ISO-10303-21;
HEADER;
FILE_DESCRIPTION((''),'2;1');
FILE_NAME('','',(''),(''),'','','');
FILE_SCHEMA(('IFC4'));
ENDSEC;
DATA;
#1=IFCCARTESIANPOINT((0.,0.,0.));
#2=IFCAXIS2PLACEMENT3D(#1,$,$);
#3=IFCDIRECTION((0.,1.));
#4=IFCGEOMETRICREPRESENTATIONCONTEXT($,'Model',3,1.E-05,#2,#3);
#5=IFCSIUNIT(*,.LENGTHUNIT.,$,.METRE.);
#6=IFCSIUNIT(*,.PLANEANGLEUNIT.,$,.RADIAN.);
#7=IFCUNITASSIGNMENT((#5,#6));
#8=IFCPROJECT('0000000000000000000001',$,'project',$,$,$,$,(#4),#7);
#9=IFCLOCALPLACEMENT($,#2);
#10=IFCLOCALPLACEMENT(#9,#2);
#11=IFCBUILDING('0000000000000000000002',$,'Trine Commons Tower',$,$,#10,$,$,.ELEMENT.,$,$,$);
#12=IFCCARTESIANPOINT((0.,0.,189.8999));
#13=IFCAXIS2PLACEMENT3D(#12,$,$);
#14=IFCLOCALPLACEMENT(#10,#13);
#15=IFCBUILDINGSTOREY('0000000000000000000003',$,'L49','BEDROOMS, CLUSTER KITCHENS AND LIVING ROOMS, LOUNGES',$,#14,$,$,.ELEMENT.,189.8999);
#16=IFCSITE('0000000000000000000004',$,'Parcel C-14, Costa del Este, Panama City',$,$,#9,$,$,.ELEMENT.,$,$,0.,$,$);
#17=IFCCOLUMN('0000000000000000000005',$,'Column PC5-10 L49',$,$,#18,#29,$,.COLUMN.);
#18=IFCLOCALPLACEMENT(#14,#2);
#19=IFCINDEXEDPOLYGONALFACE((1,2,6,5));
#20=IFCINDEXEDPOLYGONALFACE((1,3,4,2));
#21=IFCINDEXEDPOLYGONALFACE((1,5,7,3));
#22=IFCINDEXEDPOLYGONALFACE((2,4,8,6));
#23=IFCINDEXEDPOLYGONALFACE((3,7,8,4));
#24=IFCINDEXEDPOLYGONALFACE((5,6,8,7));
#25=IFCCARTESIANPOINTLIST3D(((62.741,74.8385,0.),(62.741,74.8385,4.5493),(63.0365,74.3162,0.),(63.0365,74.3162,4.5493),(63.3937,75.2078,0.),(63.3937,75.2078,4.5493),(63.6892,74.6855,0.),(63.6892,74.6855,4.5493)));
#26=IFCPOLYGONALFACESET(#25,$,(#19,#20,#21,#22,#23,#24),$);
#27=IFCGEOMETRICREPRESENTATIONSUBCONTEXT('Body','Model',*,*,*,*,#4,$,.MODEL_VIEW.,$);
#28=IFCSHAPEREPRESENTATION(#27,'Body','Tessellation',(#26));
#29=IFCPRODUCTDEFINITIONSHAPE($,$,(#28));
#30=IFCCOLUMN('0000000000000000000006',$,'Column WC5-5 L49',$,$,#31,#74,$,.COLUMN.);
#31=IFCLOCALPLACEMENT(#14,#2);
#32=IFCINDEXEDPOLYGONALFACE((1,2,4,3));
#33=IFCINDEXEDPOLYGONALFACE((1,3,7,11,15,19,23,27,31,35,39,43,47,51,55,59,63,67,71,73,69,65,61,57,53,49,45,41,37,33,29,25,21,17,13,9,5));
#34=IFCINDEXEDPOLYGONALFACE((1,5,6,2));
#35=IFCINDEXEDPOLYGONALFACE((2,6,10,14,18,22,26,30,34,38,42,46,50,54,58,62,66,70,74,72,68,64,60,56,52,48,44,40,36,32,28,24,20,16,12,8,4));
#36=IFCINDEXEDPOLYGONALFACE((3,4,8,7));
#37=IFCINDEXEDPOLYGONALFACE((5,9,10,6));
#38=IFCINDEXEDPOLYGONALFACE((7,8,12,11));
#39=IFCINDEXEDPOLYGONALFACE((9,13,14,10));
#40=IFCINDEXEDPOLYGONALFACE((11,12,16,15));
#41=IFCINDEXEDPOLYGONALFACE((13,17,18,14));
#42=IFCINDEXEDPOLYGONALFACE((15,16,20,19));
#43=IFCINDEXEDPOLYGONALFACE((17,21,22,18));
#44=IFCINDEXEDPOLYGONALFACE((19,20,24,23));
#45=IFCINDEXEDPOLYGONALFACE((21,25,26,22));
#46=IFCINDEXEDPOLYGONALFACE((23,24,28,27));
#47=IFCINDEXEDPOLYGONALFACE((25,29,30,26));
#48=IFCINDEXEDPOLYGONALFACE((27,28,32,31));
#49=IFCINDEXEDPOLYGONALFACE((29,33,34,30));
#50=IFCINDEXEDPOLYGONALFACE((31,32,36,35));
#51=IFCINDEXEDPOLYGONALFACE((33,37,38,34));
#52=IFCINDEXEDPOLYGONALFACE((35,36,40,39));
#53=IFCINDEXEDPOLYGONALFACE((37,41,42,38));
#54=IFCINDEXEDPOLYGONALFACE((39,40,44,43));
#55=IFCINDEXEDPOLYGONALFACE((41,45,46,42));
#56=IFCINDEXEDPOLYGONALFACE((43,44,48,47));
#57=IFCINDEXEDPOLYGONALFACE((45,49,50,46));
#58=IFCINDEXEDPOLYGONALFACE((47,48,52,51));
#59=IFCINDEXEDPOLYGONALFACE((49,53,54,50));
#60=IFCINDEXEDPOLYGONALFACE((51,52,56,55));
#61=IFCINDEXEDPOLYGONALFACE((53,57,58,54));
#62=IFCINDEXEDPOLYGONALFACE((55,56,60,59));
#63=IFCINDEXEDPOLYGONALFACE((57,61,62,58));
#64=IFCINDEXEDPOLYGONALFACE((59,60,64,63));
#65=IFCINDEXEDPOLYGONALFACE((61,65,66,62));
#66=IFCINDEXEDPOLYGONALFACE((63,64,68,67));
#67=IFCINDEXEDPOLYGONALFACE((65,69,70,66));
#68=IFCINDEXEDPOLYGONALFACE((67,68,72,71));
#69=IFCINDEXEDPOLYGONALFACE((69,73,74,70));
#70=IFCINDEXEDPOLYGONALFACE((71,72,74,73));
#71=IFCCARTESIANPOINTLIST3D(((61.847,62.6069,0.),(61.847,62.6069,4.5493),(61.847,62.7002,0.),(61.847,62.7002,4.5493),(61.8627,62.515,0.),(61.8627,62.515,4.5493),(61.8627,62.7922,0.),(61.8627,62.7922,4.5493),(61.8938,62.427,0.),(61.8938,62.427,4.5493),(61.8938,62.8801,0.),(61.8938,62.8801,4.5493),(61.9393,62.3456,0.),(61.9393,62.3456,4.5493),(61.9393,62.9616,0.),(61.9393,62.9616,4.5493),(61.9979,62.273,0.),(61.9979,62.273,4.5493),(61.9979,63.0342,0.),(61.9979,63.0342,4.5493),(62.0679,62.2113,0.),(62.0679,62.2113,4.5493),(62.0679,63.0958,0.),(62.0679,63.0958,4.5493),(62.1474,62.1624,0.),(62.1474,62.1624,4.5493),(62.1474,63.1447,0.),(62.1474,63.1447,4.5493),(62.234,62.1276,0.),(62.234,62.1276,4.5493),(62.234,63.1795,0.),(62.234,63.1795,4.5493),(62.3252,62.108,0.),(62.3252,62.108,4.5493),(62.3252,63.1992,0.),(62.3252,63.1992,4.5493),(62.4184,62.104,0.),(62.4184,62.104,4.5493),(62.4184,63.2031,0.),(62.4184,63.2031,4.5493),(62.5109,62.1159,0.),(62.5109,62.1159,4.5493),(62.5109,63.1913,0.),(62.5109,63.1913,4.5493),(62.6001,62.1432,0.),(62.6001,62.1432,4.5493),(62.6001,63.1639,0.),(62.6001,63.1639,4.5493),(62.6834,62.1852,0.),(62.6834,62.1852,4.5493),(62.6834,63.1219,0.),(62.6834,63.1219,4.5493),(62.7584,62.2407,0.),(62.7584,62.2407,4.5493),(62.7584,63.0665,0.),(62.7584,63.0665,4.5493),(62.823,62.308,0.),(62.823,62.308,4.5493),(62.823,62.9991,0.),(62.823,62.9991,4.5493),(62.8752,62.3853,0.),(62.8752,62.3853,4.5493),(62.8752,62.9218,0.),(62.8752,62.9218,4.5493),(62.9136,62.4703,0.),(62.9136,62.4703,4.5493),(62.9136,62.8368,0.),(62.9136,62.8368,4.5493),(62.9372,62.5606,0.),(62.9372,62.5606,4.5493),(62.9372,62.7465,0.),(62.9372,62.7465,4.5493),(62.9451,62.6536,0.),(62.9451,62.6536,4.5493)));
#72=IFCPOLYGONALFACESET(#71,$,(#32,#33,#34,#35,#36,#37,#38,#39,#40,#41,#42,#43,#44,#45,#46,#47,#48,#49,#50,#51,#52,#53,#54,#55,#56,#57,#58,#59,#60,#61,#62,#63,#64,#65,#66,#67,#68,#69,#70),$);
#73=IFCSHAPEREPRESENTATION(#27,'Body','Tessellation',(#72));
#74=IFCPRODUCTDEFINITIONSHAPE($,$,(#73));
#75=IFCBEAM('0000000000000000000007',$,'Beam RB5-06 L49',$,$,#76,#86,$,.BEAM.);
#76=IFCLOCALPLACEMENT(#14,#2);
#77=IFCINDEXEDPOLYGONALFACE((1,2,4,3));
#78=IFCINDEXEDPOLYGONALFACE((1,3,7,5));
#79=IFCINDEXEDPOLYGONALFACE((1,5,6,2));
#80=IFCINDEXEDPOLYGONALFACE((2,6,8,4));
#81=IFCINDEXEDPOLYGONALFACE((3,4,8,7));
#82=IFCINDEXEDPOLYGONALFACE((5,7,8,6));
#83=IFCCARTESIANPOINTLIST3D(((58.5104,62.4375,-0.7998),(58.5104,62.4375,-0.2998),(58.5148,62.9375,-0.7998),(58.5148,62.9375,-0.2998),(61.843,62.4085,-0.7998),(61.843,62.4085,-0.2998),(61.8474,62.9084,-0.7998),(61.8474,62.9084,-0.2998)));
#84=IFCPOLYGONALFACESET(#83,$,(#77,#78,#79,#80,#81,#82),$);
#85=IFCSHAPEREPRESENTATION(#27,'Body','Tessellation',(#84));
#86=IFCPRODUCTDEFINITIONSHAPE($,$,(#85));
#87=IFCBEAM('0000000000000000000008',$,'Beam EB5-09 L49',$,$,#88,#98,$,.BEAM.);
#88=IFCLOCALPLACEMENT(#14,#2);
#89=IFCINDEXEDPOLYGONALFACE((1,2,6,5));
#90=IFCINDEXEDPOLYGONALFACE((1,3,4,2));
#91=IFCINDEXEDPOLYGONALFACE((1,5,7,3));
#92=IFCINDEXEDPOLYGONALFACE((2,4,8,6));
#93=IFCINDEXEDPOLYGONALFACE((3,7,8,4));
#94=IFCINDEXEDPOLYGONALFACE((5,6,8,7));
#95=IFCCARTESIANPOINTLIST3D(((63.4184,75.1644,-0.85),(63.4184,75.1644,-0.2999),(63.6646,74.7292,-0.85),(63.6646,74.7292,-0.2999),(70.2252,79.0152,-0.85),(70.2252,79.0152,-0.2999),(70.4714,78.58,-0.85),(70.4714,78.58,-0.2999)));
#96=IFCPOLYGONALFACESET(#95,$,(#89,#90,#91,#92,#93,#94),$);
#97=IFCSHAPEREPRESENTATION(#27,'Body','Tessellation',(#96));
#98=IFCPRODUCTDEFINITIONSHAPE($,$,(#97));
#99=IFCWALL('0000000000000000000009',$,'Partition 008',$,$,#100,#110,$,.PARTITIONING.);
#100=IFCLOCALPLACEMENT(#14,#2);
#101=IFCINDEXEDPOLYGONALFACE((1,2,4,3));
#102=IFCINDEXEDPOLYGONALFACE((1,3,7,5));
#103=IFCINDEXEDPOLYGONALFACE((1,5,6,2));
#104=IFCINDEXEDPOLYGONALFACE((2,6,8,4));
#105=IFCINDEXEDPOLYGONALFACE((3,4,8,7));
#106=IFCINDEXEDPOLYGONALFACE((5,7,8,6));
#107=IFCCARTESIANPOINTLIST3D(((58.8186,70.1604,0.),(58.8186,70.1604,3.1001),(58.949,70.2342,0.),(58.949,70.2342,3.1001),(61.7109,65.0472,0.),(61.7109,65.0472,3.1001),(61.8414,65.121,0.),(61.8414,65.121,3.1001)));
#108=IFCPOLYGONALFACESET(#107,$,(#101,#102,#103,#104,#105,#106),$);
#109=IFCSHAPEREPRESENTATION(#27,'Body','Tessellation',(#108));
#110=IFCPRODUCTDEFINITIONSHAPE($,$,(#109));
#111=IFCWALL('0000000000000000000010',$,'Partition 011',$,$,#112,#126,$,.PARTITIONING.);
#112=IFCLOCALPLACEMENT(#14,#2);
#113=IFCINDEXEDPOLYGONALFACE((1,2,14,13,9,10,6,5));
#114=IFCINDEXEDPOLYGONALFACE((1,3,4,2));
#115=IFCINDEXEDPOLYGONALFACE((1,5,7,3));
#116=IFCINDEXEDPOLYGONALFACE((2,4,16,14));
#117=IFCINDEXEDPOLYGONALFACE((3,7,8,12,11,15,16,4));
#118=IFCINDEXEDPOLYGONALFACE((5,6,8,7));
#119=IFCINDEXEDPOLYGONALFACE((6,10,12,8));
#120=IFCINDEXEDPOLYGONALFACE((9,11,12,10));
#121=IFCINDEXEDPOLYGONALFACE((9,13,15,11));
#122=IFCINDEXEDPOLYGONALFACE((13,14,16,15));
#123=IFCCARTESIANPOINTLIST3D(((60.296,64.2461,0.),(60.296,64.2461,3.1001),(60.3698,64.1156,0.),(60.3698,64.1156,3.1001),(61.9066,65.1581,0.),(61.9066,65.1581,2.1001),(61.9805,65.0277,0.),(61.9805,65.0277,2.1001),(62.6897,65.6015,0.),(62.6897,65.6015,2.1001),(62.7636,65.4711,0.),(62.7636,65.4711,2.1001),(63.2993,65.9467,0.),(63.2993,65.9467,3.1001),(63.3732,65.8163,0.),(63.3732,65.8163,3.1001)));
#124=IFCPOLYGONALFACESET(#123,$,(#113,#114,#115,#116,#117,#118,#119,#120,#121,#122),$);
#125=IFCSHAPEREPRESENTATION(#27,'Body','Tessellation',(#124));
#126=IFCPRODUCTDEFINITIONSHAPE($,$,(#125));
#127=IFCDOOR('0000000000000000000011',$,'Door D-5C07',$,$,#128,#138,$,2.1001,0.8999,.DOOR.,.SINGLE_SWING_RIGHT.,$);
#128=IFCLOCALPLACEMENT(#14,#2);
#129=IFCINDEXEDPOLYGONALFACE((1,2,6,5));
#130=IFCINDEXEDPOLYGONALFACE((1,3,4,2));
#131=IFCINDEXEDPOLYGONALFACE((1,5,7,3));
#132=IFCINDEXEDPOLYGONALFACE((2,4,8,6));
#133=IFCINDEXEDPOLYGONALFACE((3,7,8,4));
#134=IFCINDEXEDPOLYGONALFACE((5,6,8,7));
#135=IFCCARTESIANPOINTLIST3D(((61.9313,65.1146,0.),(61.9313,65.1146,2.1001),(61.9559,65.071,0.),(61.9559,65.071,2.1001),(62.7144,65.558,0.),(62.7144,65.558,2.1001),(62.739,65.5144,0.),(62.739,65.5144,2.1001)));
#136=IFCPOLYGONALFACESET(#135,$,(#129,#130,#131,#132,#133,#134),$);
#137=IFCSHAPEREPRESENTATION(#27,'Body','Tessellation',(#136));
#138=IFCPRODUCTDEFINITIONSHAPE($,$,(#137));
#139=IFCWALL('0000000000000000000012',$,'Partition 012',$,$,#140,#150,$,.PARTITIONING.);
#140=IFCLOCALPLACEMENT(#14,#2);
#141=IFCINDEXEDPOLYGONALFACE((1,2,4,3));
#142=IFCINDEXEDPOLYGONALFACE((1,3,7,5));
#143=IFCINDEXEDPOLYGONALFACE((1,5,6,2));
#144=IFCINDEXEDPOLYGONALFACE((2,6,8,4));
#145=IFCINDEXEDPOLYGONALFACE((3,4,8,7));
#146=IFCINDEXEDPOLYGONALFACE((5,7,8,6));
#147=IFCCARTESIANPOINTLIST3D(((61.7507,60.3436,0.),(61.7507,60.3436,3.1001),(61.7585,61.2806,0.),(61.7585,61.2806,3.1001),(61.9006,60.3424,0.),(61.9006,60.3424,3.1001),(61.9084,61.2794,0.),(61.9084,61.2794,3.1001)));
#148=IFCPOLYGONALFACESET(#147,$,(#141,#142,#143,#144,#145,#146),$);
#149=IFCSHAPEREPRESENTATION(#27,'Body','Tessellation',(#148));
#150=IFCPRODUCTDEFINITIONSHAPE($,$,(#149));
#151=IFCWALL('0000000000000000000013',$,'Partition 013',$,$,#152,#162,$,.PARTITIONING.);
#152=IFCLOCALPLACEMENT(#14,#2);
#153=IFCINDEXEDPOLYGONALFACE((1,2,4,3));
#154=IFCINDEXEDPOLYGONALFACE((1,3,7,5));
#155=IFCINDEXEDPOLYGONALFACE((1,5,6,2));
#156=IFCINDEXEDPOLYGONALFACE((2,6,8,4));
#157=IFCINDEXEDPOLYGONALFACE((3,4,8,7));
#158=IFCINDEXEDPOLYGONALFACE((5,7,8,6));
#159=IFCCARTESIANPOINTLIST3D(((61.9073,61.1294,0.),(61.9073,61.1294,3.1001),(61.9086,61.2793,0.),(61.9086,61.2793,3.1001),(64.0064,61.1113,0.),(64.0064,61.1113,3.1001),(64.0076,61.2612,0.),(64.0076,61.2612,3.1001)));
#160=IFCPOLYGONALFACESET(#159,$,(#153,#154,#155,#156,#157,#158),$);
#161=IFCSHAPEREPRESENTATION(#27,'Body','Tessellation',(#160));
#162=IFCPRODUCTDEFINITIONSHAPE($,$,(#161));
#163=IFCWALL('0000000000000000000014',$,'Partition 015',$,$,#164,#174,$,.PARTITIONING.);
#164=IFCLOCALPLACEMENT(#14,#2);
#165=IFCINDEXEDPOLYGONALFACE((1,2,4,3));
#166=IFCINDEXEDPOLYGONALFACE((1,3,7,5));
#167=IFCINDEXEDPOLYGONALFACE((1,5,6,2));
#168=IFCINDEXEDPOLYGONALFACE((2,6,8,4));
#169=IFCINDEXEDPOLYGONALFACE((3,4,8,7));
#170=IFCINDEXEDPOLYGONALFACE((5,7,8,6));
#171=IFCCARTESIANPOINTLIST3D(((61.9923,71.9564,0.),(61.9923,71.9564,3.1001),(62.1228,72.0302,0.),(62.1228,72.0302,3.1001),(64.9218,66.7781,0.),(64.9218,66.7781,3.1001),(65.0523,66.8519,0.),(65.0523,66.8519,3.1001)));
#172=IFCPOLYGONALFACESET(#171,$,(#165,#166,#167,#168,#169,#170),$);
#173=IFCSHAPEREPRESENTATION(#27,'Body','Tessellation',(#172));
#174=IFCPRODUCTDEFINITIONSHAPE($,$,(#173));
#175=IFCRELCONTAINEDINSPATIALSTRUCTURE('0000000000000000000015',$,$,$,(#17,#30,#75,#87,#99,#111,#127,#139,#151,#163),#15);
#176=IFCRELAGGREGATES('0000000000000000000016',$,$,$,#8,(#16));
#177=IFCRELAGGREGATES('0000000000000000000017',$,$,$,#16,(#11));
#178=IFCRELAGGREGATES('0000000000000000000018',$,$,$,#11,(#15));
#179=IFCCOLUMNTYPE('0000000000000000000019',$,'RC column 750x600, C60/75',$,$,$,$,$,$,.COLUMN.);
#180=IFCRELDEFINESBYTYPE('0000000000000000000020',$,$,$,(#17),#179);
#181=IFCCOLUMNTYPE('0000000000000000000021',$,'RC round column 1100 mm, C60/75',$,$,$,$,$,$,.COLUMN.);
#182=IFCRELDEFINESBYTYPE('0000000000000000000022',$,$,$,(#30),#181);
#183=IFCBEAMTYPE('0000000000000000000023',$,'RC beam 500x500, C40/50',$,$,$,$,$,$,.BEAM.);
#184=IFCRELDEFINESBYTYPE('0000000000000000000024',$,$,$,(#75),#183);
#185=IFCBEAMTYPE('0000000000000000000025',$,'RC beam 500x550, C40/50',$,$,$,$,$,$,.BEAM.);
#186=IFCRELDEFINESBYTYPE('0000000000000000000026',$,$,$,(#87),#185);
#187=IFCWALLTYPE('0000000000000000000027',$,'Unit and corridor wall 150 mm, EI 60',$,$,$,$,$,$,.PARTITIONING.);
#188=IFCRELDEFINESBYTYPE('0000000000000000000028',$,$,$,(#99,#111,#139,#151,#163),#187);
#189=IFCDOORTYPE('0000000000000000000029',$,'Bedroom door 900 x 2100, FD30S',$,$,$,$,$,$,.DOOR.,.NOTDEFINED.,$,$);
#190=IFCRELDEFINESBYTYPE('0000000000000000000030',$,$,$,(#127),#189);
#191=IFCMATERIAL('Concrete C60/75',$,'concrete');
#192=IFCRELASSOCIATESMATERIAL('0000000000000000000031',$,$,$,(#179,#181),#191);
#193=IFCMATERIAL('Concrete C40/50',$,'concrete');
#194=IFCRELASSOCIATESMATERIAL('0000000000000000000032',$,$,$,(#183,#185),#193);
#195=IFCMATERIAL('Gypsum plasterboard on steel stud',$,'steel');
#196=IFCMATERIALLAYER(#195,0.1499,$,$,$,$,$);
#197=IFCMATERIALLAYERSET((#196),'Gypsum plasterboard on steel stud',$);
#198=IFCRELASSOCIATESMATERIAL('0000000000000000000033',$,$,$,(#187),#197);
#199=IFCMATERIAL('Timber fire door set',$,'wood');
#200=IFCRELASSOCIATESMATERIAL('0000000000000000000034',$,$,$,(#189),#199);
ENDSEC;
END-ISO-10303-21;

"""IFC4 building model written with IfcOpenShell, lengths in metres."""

from ifc_helpers import new_model, si_unit, direction, frame, frame_2d, origin, origin_2d, place, context, subcontext, project, spatial, rectangle, circle, extrude, material, layer, layer_set, material_profile, profile_set, type_object, element, fill, save


model = new_model("IFC4")

# Units and contexts
model_context = context("Model", 3, precision=1e-05, world=origin(), true_north=direction((0.0, 1.0)))
body_context = subcontext(model_context, "Body", "Model", "MODEL_VIEW")
ifc_project = project(units=[si_unit("LENGTHUNIT", "METRE"), si_unit("PLANEANGLEUNIT", "RADIAN")], contexts=[model_context])

# Site, building, storey
site_placement = place(None, origin())
site = spatial("IfcSite", under=ifc_project, at=site_placement, Name="Parcel C-14, Costa del Este, Panama City", CompositionType="ELEMENT", RefElevation=0.0)
building_placement = place(site_placement, origin())
building = spatial("IfcBuilding", under=site, at=building_placement, Name="Trine Commons Tower", CompositionType="ELEMENT")
storey_placement = place(building_placement, frame((0.0, 0.0, 189.8999)))
storey = spatial("IfcBuildingStorey", under=building, at=storey_placement, Name="L49", Description="BEDROOMS, CLUSTER KITCHENS AND LIVING ROOMS, LOUNGES", CompositionType="ELEMENT", Elevation=189.8999)

# Columns
ifc_material_1 = material(Name="Concrete C60/75", Category="concrete")
ifc_material_profile_1 = material_profile(ifc_material_1, rectangle(XDim=0.75, YDim=0.6001, at=origin_2d()), Name="RC 750x600")
ifc_profile_set_1 = profile_set([ifc_material_profile_1], Name="Concrete C60/75")
column_type_1 = type_object("IfcColumnType", Name="RC column 750x600, C60/75", PredefinedType="COLUMN", material=ifc_profile_set_1)
column_1_placement = place(storey_placement, frame((63.2151, 74.762, 0.0), z_axis=(0.0, 0.0, 1.0), x_axis=(0.870356, 0.492424, 0.0)))
element("IfcColumn", 1, at=column_1_placement, inside=storey, type_object=column_type_1, Name="Column PC5-10 L49", PredefinedType="COLUMN", context=body_context, shape_type="SweptSolid", body=[
    extrude(rectangle(XDim=0.75, YDim=0.6001, at=origin_2d()), origin(), (0.0, 0.0, 1.0), 4.5493),
])
ifc_material_profile_2 = material_profile(ifc_material_1, circle(Radius=0.55, at=origin_2d()), Name="RC round 1100")
ifc_profile_set_2 = profile_set([ifc_material_profile_2], Name="Concrete C60/75")
column_type_2 = type_object("IfcColumnType", Name="RC round column 1100 mm, C60/75", PredefinedType="COLUMN", material=ifc_profile_set_2)
column_2_placement = place(storey_placement, frame((62.395, 62.6536, 0.0), z_axis=(0.0, 0.0, 1.0), x_axis=(1.0, 0.0, 0.0)))
element("IfcColumn", 2, at=column_2_placement, inside=storey, type_object=column_type_2, Name="Column WC5-5 L49", PredefinedType="COLUMN", context=body_context, shape_type="SweptSolid", body=[
    extrude(circle(Radius=0.55, at=origin_2d()), origin(), (0.0, 0.0, 1.0), 4.5493),
])

# Beams
ifc_material_2 = material(Name="Concrete C40/50", Category="concrete")
ifc_material_profile_3 = material_profile(ifc_material_2, rectangle(XDim=0.5, YDim=0.5, at=origin_2d()), Name="RC 500x500")
ifc_profile_set_3 = profile_set([ifc_material_profile_3], Name="Concrete C40/50")
beam_type_1 = type_object("IfcBeamType", Name="RC beam 500x500, C40/50", PredefinedType="BEAM", material=ifc_profile_set_3)
beam_1_placement = place(storey_placement, frame((61.8452, 62.6584, -0.5498), z_axis=(-0.999962, 0.008718, 0.0), x_axis=(-0.008718, -0.999962, 0.0)))
element("IfcBeam", 3, at=beam_1_placement, inside=storey, type_object=beam_type_1, Name="Beam RB5-06 L49", PredefinedType="BEAM", context=body_context, shape_type="SweptSolid", body=[
    extrude(rectangle(XDim=0.5, YDim=0.5, at=origin_2d()), origin(), (0.0, 0.0, 1.0), 3.3328),
])
ifc_material_profile_4 = material_profile(ifc_material_2, rectangle(XDim=0.5, YDim=0.55, at=origin_2d()), Name="RC 500x550")
ifc_profile_set_4 = profile_set([ifc_material_profile_4], Name="Concrete C40/50")
beam_type_2 = type_object("IfcBeamType", Name="RC beam 500x550, C40/50", PredefinedType="BEAM", material=ifc_profile_set_4)
beam_2_placement = place(storey_placement, frame((63.5415, 74.9468, -0.575), z_axis=(0.870373, 0.492393, 0.0), x_axis=(-0.492393, 0.870373, 0.0)))
element("IfcBeam", 4, at=beam_2_placement, inside=storey, type_object=beam_type_2, Name="Beam EB5-09 L49", PredefinedType="BEAM", context=body_context, shape_type="SweptSolid", body=[
    extrude(rectangle(XDim=0.5, YDim=0.55, at=origin_2d()), origin(), (0.0, 0.0, 1.0), 7.8206),
])

# Wall
ifc_material_3 = material(Name="Gypsum plasterboard on steel stud", Category="steel")
ifc_layer_1 = layer(ifc_material_3, 0.1499)
ifc_layer_set_1 = layer_set([ifc_layer_1], Name="Gypsum plasterboard on steel stud")
wall_type_1 = type_object("IfcWallType", Name="Unit and corridor wall 150 mm, EI 60", PredefinedType="PARTITIONING", material=ifc_layer_set_1)
wall_1_placement = place(storey_placement, frame((58.8838, 70.1973, 0.0), z_axis=(0.0, 0.0, 1.0), x_axis=(0.492361, -0.870391, 0.0)))
element("IfcWall", 5, at=wall_1_placement, inside=storey, type_object=wall_type_1, Name="Partition 008", PredefinedType="PARTITIONING", context=body_context, shape_type="SweptSolid", body=[
    extrude(rectangle(XDim=5.8745, YDim=0.1499, at=frame_2d((2.9373, 0.0))), origin(), (0.0, 0.0, 1.0), 3.1001),
])

# Wall, opening, door
wall_2_placement = place(storey_placement, frame((60.333, 64.1809, 0.0), z_axis=(0.0, 0.0, 1.0), x_axis=(0.870178, 0.492738, 0.0)))
wall_2 = element("IfcWall", 6, at=wall_2_placement, inside=storey, type_object=wall_type_1, Name="Partition 011", PredefinedType="PARTITIONING", context=body_context, shape_type="SweptSolid", body=[
    extrude(rectangle(XDim=3.4514, YDim=0.1499, at=frame_2d((1.7256, 0.0))), origin(), (0.0, 0.0, 1.0), 3.1001),
])
opening_1_placement = place(wall_2_placement, frame((1.8508, 0.0, 0.0)))
opening_1 = element("IfcOpeningElement", 7, at=opening_1_placement, cuts=wall_2, PredefinedType="OPENING", context=body_context, shape_type="SweptSolid", body=[
    extrude(rectangle(XDim=0.8999, YDim=2.1001, at=frame_2d((0.45, 1.05))), frame((0.0, 0.085, 0.0), z_axis=(0.0, -1.0, 0.0), x_axis=(1.0, 0.0, 0.0)), (0.0, 0.0, 1.0), 0.1699),
])
ifc_material_4 = material(Name="Timber fire door set", Category="wood")
door_type_1 = type_object("IfcDoorType", Name="Bedroom door 900 x 2100, FD30S", OperationType="NOTDEFINED", PredefinedType="DOOR", material=ifc_material_4)
door_1_placement = place(opening_1_placement, origin())
door_1 = element("IfcDoor", 8, at=door_1_placement, inside=storey, type_object=door_type_1, Name="Door D-5C07", OperationType="SINGLE_SWING_RIGHT", OverallHeight=2.1001, OverallWidth=0.8999, PredefinedType="DOOR", context=body_context, shape_type="SweptSolid", body=[
    extrude(rectangle(XDim=0.8999, YDim=2.1001, at=frame_2d((0.45, 1.05))), frame((0.0, 0.0249, 0.0), z_axis=(0.0, -1.0, 0.0), x_axis=(1.0, 0.0, 0.0)), (0.0, 0.0, 1.0), 0.05),
])
fill(opening_1, door_1)

# Walls
wall_3_placement = place(storey_placement, frame((61.8257, 60.343, 0.0), z_axis=(0.0, 0.0, 1.0), x_axis=(0.008337, 0.999965, 0.0)))
element("IfcWall", 9, at=wall_3_placement, inside=storey, type_object=wall_type_1, Name="Partition 012", PredefinedType="PARTITIONING", context=body_context, shape_type="SweptSolid", body=[
    extrude(rectangle(XDim=0.937, YDim=0.1499, at=frame_2d((0.4685, 0.0))), origin(), (0.0, 0.0, 1.0), 3.1001),
])
wall_4_placement = place(storey_placement, frame((61.908, 61.2043, 0.0), z_axis=(0.0, 0.0, 1.0), x_axis=(0.999963, -0.008606, 0.0)))
element("IfcWall", 10, at=wall_4_placement, inside=storey, type_object=wall_type_1, Name="Partition 013", PredefinedType="PARTITIONING", context=body_context, shape_type="SweptSolid", body=[
    extrude(rectangle(XDim=2.0991, YDim=0.1499, at=frame_2d((1.0496, 0.0))), origin(), (0.0, 0.0, 1.0), 3.1001),
])
wall_5_placement = place(storey_placement, frame((62.0576, 71.9932, 0.0), z_axis=(0.0, 0.0, 1.0), x_axis=(0.492391, -0.870374, 0.0)))
element("IfcWall", 11, at=wall_5_placement, inside=storey, type_object=wall_type_1, Name="Partition 015", PredefinedType="PARTITIONING", context=body_context, shape_type="SweptSolid", body=[
    extrude(rectangle(XDim=5.9495, YDim=0.1499, at=frame_2d((2.9746, 0.0))), origin(), (0.0, 0.0, 1.0), 3.1001),
])

save(model, "model.ifc")
